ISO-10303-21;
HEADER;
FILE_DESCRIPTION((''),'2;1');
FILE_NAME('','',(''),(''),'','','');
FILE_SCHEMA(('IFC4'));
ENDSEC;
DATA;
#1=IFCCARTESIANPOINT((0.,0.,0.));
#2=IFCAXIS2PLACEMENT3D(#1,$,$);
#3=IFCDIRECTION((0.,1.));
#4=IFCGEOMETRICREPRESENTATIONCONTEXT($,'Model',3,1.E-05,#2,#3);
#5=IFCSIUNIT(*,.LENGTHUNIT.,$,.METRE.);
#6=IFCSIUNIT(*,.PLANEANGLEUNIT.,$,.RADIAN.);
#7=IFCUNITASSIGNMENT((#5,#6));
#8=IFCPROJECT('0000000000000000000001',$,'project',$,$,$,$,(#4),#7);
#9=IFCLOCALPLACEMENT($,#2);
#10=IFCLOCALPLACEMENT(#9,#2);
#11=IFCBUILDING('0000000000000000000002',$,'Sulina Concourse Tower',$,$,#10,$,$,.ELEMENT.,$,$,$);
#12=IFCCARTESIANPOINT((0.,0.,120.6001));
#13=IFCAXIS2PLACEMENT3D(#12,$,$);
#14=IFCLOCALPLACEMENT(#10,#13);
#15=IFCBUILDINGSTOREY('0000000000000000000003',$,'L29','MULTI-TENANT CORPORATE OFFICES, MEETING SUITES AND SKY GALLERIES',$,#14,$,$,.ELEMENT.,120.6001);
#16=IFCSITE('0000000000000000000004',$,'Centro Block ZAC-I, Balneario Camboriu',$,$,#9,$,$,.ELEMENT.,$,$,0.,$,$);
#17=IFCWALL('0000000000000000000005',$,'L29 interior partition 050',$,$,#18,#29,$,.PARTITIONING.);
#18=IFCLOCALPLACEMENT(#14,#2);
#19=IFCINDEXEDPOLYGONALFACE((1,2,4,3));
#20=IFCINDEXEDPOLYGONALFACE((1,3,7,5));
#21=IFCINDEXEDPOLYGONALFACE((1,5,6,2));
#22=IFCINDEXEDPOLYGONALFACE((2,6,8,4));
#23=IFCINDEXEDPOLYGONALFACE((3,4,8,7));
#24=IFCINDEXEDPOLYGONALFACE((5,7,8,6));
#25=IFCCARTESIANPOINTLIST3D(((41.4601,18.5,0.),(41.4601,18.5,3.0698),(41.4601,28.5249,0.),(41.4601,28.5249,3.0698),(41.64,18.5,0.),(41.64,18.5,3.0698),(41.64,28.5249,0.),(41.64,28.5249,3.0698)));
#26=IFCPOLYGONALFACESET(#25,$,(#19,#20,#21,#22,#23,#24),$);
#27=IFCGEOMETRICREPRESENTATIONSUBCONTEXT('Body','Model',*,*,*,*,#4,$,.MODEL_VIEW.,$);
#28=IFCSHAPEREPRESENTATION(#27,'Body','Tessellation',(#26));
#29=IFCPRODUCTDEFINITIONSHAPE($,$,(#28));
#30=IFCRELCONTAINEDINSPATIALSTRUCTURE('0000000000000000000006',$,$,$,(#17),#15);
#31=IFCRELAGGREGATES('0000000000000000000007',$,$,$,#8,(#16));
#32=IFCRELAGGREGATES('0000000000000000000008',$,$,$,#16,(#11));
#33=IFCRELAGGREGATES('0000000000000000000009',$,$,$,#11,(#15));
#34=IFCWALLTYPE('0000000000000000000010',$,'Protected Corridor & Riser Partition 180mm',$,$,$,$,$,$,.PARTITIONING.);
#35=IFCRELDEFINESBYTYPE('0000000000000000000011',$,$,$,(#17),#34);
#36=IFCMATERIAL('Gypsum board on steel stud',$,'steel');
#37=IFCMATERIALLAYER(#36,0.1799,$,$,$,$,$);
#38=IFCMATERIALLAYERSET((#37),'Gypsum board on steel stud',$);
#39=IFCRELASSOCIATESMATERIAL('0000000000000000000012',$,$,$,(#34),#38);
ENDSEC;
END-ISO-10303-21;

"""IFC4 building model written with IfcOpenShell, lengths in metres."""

from ifc_helpers import new_model, si_unit, direction, frame, frame_2d, origin, place, context, subcontext, project, spatial, rectangle, extrude, material, layer, layer_set, type_object, element, save


model = new_model("IFC4")

# Units and contexts
model_context = context("Model", 3, precision=1e-05, world=origin(), true_north=direction((0.0, 1.0)))
body_context = subcontext(model_context, "Body", "Model", "MODEL_VIEW")
ifc_project = project(units=[si_unit("LENGTHUNIT", "METRE"), si_unit("PLANEANGLEUNIT", "RADIAN")], contexts=[model_context])

# Site, building, storey
site_placement = place(None, origin())
site = spatial("IfcSite", under=ifc_project, at=site_placement, Name="Centro Block ZAC-I, Balneario Camboriu", CompositionType="ELEMENT", RefElevation=0.0)
building_placement = place(site_placement, origin())
building = spatial("IfcBuilding", under=site, at=building_placement, Name="Sulina Concourse Tower", CompositionType="ELEMENT")
storey_placement = place(building_placement, frame((0.0, 0.0, 120.6001)))
storey = spatial("IfcBuildingStorey", under=building, at=storey_placement, Name="L29", Description="MULTI-TENANT CORPORATE OFFICES, MEETING SUITES AND SKY GALLERIES", CompositionType="ELEMENT", Elevation=120.6001)

# Shared definitions
ifc_material_1 = material(Name="Gypsum board on steel stud", Category="steel")
ifc_layer_1 = layer(ifc_material_1, 0.1799)
ifc_layer_set_1 = layer_set([ifc_layer_1], Name="Gypsum board on steel stud")
wall_type = type_object("IfcWallType", Name="Protected Corridor & Riser Partition 180mm", PredefinedType="PARTITIONING", material=ifc_layer_set_1)

# Wall
wall_1_placement = place(storey_placement, frame((41.55, 18.5, 0.0), z_axis=(0.0, 0.0, 1.0), x_axis=(0.0, 1.0, 0.0)))
element("IfcWall", 1, at=wall_1_placement, inside=storey, type_object=wall_type, Name="L29 interior partition 050", PredefinedType="PARTITIONING", context=body_context, shape_type="SweptSolid", body=[
    extrude(rectangle(XDim=10.0249, YDim=0.1799, at=frame_2d((5.0125, 0.0))), origin(), (0.0, 0.0, 1.0), 3.0698),
])

save(model, "model.ifc")
